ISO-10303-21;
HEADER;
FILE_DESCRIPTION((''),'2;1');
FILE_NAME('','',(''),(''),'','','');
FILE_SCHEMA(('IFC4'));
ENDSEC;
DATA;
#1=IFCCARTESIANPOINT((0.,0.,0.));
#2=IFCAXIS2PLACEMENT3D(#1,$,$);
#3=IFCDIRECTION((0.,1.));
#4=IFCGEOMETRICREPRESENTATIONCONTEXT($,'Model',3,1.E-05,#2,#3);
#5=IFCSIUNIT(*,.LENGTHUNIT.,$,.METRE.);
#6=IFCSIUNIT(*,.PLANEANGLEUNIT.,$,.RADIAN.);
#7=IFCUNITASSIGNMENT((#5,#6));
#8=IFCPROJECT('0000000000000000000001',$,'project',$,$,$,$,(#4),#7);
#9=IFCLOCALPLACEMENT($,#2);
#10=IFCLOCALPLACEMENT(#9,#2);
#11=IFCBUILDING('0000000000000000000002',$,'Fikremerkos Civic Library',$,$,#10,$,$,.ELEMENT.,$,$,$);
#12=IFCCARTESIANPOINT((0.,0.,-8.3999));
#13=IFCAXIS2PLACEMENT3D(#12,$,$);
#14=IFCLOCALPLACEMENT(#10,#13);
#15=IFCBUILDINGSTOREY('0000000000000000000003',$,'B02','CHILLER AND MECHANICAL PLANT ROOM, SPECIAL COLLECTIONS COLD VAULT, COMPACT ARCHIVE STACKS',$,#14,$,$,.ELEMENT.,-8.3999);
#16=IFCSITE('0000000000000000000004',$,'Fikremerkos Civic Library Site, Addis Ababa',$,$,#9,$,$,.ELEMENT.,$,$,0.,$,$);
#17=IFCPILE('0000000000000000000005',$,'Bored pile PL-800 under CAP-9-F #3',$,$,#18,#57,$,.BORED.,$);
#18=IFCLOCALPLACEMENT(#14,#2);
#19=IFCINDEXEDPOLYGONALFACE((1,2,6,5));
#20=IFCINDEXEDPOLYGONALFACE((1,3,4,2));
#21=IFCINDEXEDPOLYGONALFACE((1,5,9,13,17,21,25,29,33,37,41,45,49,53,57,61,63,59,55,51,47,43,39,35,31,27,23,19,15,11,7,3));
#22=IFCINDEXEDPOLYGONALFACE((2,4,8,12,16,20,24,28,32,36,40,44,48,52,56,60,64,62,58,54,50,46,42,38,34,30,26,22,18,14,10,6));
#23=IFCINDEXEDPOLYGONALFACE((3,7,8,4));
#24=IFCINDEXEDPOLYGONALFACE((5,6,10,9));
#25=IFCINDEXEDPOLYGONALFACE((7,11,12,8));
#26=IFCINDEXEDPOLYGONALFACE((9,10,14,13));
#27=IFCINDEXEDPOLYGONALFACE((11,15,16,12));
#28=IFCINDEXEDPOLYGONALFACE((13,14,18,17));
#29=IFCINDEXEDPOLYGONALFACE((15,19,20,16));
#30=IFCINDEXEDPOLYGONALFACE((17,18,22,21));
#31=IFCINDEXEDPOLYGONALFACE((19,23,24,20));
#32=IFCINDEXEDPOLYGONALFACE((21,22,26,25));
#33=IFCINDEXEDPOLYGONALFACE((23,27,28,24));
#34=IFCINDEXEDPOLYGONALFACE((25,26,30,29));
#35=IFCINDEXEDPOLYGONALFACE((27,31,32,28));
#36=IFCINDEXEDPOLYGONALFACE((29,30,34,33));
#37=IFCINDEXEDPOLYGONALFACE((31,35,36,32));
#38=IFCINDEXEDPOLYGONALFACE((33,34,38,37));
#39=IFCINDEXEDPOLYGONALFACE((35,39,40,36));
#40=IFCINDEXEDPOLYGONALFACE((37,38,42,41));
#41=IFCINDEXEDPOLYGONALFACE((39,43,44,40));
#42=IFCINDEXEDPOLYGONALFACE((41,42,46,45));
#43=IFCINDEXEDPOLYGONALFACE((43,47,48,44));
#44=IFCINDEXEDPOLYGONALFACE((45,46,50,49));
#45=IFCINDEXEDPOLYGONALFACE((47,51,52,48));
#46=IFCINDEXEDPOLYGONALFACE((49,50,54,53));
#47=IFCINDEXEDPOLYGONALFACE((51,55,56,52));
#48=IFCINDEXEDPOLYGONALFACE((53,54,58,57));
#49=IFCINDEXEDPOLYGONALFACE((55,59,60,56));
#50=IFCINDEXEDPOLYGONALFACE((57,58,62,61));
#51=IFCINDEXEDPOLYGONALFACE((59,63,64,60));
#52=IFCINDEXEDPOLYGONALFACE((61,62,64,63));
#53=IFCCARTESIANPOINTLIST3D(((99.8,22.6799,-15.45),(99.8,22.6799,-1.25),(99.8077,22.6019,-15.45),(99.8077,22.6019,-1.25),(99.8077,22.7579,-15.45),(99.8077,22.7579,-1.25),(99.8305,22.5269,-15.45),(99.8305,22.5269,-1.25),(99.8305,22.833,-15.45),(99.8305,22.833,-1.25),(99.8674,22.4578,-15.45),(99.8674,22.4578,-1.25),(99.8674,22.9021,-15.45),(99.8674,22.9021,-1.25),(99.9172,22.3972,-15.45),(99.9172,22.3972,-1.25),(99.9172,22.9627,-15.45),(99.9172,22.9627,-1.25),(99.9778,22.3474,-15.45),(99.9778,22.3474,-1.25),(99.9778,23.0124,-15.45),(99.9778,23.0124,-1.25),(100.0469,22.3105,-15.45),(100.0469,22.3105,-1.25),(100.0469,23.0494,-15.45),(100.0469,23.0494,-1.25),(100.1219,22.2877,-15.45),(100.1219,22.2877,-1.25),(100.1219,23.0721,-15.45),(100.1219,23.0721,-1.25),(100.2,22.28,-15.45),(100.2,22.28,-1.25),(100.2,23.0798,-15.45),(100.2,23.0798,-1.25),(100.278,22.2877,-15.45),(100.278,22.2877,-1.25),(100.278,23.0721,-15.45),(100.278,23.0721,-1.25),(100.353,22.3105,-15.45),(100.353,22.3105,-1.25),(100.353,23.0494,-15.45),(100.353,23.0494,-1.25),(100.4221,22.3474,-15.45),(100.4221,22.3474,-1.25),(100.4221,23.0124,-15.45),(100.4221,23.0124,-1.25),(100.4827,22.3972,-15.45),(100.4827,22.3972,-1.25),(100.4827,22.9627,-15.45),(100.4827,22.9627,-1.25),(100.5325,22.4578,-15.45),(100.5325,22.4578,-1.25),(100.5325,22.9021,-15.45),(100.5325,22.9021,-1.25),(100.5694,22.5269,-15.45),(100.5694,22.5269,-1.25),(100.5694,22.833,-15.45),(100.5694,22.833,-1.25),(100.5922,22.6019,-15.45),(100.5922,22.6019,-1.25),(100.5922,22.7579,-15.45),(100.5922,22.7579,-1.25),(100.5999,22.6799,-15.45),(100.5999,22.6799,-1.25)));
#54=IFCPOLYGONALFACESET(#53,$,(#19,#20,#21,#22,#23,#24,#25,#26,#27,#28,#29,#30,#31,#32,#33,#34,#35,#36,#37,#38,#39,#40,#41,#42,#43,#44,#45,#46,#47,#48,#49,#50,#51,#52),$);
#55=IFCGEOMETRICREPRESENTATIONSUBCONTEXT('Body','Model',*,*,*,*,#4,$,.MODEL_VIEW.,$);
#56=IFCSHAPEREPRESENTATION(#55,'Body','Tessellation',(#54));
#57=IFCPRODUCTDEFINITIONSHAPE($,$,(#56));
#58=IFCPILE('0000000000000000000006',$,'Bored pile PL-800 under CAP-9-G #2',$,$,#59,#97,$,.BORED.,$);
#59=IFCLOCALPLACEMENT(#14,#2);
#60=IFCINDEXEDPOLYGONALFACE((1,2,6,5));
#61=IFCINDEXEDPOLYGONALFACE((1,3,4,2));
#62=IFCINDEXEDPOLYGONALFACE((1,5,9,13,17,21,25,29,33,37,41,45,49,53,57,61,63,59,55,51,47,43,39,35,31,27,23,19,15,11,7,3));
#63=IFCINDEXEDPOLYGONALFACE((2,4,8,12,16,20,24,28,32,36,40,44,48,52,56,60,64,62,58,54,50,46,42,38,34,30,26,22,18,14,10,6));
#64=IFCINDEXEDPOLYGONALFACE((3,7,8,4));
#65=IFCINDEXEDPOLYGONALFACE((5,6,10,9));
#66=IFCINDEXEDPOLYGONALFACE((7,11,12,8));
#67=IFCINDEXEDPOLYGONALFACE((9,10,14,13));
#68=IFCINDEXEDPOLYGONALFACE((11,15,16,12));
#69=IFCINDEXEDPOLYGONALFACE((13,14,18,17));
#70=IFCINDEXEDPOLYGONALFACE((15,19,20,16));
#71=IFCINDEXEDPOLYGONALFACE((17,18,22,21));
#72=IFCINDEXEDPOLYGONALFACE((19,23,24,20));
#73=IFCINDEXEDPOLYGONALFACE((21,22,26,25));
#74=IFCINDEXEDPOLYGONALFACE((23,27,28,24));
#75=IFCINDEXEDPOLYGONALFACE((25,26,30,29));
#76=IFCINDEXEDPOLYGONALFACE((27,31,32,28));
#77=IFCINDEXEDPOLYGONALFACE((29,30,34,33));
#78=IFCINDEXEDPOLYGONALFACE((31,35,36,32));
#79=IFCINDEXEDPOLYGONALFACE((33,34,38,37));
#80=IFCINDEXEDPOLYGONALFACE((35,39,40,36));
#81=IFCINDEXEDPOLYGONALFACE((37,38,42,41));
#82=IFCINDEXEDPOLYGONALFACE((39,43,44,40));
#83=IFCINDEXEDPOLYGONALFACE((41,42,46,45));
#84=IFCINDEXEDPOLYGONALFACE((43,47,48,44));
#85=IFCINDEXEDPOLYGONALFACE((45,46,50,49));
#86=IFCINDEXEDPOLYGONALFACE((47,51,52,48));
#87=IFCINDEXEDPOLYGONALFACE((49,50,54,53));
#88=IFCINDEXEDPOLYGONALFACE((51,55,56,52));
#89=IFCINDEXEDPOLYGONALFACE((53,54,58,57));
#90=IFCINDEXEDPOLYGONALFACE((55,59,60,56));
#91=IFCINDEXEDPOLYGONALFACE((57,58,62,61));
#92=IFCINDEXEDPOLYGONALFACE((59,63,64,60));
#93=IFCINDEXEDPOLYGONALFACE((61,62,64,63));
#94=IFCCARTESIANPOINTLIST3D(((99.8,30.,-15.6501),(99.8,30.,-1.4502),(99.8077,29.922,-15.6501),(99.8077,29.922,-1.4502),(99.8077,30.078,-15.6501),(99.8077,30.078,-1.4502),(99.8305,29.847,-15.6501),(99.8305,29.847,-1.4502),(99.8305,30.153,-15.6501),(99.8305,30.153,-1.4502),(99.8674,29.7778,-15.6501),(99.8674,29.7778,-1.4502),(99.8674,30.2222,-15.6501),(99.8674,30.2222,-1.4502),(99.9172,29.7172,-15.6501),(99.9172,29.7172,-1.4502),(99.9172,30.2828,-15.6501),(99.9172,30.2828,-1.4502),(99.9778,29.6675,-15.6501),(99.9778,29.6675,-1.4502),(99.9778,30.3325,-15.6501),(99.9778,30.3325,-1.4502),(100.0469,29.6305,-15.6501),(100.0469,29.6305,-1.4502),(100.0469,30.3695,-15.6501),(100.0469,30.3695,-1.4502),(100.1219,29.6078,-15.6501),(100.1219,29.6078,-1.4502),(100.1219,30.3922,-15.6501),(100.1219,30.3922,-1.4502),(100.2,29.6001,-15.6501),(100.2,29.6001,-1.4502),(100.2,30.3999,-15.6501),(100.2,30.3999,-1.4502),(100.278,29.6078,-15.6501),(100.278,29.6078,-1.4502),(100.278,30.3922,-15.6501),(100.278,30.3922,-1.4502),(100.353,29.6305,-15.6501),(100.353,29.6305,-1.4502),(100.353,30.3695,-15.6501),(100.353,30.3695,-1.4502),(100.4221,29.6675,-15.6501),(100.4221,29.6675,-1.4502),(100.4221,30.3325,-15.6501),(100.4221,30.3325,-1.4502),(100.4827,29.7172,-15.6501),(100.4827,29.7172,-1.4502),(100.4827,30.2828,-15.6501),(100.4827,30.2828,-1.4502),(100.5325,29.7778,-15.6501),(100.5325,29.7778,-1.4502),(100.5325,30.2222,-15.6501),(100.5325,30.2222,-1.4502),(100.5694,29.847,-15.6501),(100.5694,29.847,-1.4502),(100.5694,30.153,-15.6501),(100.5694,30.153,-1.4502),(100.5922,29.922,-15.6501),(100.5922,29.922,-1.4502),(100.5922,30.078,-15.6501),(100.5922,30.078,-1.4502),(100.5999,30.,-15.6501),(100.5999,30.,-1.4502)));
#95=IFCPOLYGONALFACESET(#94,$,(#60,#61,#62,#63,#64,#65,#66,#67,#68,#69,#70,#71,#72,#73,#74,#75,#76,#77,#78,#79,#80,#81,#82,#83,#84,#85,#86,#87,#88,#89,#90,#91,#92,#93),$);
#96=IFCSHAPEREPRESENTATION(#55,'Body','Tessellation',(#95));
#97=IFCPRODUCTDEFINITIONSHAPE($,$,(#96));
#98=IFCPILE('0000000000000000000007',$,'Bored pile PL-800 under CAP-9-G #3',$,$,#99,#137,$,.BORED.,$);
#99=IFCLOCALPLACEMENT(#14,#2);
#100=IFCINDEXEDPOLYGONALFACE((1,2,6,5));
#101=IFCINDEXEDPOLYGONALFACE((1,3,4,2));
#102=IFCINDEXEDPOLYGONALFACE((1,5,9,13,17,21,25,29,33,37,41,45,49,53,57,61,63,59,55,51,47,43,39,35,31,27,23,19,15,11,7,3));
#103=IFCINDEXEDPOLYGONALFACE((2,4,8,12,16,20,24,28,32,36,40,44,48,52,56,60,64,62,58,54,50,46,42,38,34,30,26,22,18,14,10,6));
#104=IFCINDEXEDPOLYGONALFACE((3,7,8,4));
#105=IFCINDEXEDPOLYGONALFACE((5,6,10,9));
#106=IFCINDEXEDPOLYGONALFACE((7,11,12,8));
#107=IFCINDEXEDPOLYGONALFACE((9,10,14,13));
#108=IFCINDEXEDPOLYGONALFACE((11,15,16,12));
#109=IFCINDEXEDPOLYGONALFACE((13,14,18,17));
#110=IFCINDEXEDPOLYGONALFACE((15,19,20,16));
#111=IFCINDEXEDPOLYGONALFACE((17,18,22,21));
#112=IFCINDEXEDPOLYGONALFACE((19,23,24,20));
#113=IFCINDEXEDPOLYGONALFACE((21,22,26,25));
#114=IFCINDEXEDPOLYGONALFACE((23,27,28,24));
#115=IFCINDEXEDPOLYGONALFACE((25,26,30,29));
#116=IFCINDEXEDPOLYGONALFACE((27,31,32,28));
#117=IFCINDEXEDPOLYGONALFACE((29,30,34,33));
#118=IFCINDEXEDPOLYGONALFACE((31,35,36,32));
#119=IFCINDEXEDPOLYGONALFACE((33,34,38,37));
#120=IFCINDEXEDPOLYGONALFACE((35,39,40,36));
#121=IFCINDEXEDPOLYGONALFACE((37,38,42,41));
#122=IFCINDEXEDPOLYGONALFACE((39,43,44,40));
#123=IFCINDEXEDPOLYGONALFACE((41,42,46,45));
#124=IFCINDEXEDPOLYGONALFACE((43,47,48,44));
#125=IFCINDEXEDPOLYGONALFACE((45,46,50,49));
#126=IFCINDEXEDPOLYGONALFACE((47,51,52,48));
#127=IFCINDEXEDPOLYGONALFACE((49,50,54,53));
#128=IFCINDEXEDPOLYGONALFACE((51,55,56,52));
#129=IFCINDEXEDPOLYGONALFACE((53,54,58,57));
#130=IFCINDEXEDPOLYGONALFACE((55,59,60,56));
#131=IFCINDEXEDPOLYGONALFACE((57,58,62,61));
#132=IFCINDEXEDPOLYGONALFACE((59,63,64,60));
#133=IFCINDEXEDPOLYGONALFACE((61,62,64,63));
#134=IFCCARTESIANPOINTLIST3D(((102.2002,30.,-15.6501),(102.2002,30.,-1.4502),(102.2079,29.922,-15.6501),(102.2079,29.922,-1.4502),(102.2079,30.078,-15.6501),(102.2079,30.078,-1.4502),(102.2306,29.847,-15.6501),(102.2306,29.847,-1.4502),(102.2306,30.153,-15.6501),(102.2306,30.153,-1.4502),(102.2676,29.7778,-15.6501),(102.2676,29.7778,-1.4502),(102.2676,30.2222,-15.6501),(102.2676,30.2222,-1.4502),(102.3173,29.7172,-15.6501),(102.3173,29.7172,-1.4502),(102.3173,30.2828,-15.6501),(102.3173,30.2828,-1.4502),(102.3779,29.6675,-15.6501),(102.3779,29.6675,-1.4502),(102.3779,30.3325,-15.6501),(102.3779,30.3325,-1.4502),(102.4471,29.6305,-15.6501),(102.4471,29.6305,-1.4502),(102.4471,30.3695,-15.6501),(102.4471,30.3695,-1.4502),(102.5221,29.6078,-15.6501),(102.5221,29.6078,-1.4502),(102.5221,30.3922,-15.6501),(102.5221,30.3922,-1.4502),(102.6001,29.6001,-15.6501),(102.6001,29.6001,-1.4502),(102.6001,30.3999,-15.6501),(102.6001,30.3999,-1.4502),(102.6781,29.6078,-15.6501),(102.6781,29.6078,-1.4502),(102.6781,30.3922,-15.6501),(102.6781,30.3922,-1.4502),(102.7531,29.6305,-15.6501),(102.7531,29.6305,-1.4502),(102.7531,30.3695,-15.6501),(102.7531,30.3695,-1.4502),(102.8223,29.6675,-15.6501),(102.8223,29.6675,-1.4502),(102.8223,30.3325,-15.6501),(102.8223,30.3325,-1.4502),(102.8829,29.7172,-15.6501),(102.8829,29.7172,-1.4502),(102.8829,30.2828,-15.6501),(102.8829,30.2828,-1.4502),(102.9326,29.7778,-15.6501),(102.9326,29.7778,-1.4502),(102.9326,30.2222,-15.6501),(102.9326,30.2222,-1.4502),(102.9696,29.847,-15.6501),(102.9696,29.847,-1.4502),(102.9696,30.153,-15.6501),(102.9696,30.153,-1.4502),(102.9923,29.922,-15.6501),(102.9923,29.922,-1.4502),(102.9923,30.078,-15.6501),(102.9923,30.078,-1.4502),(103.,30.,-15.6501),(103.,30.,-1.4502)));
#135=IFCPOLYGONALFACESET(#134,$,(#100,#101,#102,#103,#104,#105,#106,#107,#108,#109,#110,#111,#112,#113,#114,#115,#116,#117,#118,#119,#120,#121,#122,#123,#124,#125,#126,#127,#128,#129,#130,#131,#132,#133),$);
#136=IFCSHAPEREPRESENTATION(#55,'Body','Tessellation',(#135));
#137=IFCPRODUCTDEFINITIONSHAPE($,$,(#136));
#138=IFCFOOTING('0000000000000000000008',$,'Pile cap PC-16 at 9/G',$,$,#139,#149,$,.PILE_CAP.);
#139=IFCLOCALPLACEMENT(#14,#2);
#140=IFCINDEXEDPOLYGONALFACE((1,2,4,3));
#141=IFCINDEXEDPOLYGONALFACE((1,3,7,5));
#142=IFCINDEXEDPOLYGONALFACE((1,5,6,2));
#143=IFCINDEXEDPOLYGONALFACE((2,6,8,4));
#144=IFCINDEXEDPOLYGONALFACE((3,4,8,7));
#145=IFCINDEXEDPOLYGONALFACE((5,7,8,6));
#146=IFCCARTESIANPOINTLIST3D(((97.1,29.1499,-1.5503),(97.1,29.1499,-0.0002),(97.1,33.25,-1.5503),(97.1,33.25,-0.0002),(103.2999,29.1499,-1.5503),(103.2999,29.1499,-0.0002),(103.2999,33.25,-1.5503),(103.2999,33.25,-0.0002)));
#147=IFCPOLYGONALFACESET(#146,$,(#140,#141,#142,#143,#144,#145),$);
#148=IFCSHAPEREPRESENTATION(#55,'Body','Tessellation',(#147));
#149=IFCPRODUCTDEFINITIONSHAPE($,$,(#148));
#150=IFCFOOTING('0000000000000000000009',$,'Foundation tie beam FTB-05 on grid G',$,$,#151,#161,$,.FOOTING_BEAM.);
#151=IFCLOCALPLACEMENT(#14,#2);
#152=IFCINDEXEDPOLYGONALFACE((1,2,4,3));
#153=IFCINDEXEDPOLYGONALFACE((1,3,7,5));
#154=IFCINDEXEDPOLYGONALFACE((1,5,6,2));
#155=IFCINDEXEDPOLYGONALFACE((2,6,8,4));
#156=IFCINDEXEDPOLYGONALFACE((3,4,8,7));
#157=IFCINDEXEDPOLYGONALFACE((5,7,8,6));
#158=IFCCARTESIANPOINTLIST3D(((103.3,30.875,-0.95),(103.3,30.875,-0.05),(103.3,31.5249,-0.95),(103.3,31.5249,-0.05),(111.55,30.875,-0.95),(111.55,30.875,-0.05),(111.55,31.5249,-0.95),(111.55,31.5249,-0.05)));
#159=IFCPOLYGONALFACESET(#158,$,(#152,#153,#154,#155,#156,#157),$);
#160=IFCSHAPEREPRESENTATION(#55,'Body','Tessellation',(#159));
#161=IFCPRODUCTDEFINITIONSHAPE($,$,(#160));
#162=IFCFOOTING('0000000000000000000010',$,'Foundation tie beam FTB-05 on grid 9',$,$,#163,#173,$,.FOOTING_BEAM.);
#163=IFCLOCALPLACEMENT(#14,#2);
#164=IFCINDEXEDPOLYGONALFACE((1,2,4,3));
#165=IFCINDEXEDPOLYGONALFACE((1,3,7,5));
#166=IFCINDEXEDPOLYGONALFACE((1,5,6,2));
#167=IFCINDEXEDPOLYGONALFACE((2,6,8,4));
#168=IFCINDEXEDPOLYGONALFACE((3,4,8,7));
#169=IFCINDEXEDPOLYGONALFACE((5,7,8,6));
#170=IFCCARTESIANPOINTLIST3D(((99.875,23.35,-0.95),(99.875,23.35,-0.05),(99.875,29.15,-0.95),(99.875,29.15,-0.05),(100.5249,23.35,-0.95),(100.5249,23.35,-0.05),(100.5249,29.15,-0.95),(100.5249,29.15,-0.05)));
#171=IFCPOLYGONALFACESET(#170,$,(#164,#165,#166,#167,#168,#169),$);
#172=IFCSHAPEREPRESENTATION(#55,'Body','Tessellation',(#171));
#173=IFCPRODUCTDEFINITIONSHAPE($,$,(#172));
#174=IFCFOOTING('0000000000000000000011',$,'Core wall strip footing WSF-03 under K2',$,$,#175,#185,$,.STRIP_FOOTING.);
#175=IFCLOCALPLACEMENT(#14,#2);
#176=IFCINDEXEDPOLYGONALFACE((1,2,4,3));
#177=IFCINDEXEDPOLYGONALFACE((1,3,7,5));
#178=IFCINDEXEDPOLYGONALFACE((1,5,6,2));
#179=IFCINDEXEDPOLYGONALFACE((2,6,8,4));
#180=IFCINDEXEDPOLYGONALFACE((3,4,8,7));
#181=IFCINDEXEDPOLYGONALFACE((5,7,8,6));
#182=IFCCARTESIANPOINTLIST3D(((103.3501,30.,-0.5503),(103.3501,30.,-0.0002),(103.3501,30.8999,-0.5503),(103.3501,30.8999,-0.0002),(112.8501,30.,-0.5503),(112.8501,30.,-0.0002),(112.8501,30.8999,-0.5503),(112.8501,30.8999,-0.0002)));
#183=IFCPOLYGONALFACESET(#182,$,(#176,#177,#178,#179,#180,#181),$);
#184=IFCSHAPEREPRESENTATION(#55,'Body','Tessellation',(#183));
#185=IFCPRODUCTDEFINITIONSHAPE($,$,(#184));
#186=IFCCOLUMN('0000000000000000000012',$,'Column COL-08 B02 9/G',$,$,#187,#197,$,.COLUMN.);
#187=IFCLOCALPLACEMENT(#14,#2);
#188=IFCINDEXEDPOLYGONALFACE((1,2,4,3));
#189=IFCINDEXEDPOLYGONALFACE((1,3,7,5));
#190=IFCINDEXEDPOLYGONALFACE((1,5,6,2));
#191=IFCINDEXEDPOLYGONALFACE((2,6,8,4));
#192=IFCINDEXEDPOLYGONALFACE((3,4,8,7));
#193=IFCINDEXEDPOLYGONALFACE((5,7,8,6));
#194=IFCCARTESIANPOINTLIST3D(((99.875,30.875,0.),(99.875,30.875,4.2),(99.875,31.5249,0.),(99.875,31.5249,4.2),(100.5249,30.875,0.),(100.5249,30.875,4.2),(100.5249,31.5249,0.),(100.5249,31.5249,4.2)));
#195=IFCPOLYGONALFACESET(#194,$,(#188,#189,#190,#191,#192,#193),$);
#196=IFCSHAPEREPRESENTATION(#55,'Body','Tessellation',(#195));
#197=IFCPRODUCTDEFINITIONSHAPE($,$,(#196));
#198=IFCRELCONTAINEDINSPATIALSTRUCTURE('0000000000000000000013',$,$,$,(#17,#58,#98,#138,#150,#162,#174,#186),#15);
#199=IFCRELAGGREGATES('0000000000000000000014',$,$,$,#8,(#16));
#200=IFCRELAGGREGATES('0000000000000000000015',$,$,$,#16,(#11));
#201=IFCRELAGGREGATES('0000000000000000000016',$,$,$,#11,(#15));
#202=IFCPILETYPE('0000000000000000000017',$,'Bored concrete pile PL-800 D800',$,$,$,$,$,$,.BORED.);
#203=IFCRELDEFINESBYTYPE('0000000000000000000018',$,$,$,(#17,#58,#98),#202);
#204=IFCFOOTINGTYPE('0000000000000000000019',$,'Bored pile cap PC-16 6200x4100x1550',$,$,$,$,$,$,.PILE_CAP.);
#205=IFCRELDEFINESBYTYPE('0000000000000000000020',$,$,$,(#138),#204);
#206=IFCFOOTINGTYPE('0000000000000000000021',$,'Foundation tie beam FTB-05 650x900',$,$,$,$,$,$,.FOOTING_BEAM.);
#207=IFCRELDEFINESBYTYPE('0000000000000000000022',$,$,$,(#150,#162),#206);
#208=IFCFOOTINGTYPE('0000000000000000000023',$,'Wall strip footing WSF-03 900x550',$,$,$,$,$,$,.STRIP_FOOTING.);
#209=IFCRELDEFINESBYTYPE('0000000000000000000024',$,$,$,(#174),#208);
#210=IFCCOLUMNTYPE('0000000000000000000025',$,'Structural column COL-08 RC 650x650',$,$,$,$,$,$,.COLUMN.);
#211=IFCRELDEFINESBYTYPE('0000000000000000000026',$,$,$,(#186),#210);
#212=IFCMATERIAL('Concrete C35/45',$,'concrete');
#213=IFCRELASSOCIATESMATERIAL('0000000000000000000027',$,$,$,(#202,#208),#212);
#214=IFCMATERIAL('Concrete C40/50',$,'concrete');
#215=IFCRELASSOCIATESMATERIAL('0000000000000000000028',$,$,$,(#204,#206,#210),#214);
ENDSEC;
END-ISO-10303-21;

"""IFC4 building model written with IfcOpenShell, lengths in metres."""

from ifc_helpers import new_model, si_unit, direction, frame, origin, origin_2d, place, context, subcontext, project, spatial, rectangle, circle, extrude, material, material_profile, profile_set, type_object, element, save


model = new_model("IFC4")

# Units and contexts
model_context = context("Model", 3, precision=1e-05, world=origin(), true_north=direction((0.0, 1.0)))
body_context = subcontext(model_context, "Body", "Model", "MODEL_VIEW")
ifc_project = project(units=[si_unit("LENGTHUNIT", "METRE"), si_unit("PLANEANGLEUNIT", "RADIAN")], contexts=[model_context])

# Site, building, storey
site_placement = place(None, origin())
site = spatial("IfcSite", under=ifc_project, at=site_placement, Name="Fikremerkos Civic Library Site, Addis Ababa", CompositionType="ELEMENT", RefElevation=0.0)
building_placement = place(site_placement, origin())
building = spatial("IfcBuilding", under=site, at=building_placement, Name="Fikremerkos Civic Library", CompositionType="ELEMENT")
storey_placement = place(building_placement, frame((0.0, 0.0, -8.3999)))
storey = spatial("IfcBuildingStorey", under=building, at=storey_placement, Name="B02", Description="CHILLER AND MECHANICAL PLANT ROOM, SPECIAL COLLECTIONS COLD VAULT, COMPACT ARCHIVE STACKS", CompositionType="ELEMENT", Elevation=-8.3999)

# Piles
ifc_material_1 = material(Name="Concrete C35/45", Category="concrete")
ifc_material_profile_1 = material_profile(ifc_material_1, circle(Radius=0.3999, at=origin_2d()), Name="BORED PILE 800")
ifc_profile_set_1 = profile_set([ifc_material_profile_1], Name="Concrete C35/45")
pile_type = type_object("IfcPileType", Name="Bored concrete pile PL-800 D800", PredefinedType="BORED", material=ifc_profile_set_1)
for number, where, z_axis, x_axis, name in (
    (1, (100.2, 22.6799, -1.25), (0.0, 0.0, -1.0), (1.0, 0.0, 0.0), "Bored pile PL-800 under CAP-9-F #3"),
    (2, (100.2, 30.0, -1.4502), (0.0, 0.0, -1.0), (1.0, 0.0, 0.0), "Bored pile PL-800 under CAP-9-G #2"),
    (3, (102.6001, 30.0, -1.4502), (0.0, 0.0, -1.0), (1.0, 0.0, 0.0), "Bored pile PL-800 under CAP-9-G #3"),
):
    element("IfcPile", number, at=place(storey_placement, frame(where, z_axis=z_axis, x_axis=x_axis)), inside=storey, type_object=pile_type, Name=name, PredefinedType="BORED", context=body_context, shape_type="SweptSolid", body=[
        extrude(circle(Radius=0.3999, at=origin_2d()), origin(), (0.0, 0.0, 1.0), 14.2),
    ])

# Footings
ifc_material_2 = material(Name="Concrete C40/50", Category="concrete")
footing_type_1 = type_object("IfcFootingType", Name="Bored pile cap PC-16 6200x4100x1550", PredefinedType="PILE_CAP", material=ifc_material_2)
footing_1_placement = place(storey_placement, frame((100.2, 31.2, -1.5503), z_axis=(0.0, 0.0, 1.0), x_axis=(1.0, 0.0, 0.0)))
element("IfcFooting", 4, at=footing_1_placement, inside=storey, type_object=footing_type_1, Name="Pile cap PC-16 at 9/G", PredefinedType="PILE_CAP", context=body_context, shape_type="SweptSolid", body=[
    extrude(rectangle(XDim=6.2, YDim=4.1001, at=origin_2d()), origin(), (0.0, 0.0, 1.0), 1.55),
])
footing_type_2 = type_object("IfcFootingType", Name="Foundation tie beam FTB-05 650x900", PredefinedType="FOOTING_BEAM", material=ifc_material_2)
footing_2_placement = place(storey_placement, frame((107.425, 31.2, -0.95), z_axis=(0.0, 0.0, 1.0), x_axis=(1.0, 0.0, 0.0)))
element("IfcFooting", 5, at=footing_2_placement, inside=storey, type_object=footing_type_2, Name="Foundation tie beam FTB-05 on grid G", PredefinedType="FOOTING_BEAM", context=body_context, shape_type="SweptSolid", body=[
    extrude(rectangle(XDim=8.25, YDim=0.6499, at=origin_2d()), origin(), (0.0, 0.0, 1.0), 0.8999),
])
footing_3_placement = place(storey_placement, frame((100.2, 26.25, -0.95), z_axis=(0.0, 0.0, 1.0), x_axis=(0.0, 1.0, 0.0)))
element("IfcFooting", 6, at=footing_3_placement, inside=storey, type_object=footing_type_2, Name="Foundation tie beam FTB-05 on grid 9", PredefinedType="FOOTING_BEAM", context=body_context, shape_type="SweptSolid", body=[
    extrude(rectangle(XDim=5.8, YDim=0.6499, at=origin_2d()), origin(), (0.0, 0.0, 1.0), 0.8999),
])
footing_type_3 = type_object("IfcFootingType", Name="Wall strip footing WSF-03 900x550", PredefinedType="STRIP_FOOTING", material=ifc_material_1)
footing_4_placement = place(storey_placement, frame((108.1001, 30.45, -0.5503), z_axis=(0.0, 0.0, 1.0), x_axis=(1.0, 0.0, 0.0)))
element("IfcFooting", 7, at=footing_4_placement, inside=storey, type_object=footing_type_3, Name="Core wall strip footing WSF-03 under K2", PredefinedType="STRIP_FOOTING", context=body_context, shape_type="SweptSolid", body=[
    extrude(rectangle(XDim=9.5, YDim=0.8999, at=origin_2d()), origin(), (0.0, 0.0, 1.0), 0.55),
])

# Column
ifc_material_profile_2 = material_profile(ifc_material_2, rectangle(XDim=0.6499, YDim=0.6499, at=origin_2d()), Name="RC 650x650")
ifc_profile_set_2 = profile_set([ifc_material_profile_2], Name="Concrete C40/50")
column_type = type_object("IfcColumnType", Name="Structural column COL-08 RC 650x650", PredefinedType="COLUMN", material=ifc_profile_set_2)
column_placement = place(storey_placement, frame((100.2, 31.2, 0.0), z_axis=(0.0, 0.0, 1.0), x_axis=(1.0, 0.0, 0.0)))
element("IfcColumn", 8, at=column_placement, inside=storey, type_object=column_type, Name="Column COL-08 B02 9/G", PredefinedType="COLUMN", context=body_context, shape_type="SweptSolid", body=[
    extrude(rectangle(XDim=0.6499, YDim=0.6499, at=origin_2d()), origin(), (0.0, 0.0, 1.0), 4.2),
])

save(model, "model.ifc")
